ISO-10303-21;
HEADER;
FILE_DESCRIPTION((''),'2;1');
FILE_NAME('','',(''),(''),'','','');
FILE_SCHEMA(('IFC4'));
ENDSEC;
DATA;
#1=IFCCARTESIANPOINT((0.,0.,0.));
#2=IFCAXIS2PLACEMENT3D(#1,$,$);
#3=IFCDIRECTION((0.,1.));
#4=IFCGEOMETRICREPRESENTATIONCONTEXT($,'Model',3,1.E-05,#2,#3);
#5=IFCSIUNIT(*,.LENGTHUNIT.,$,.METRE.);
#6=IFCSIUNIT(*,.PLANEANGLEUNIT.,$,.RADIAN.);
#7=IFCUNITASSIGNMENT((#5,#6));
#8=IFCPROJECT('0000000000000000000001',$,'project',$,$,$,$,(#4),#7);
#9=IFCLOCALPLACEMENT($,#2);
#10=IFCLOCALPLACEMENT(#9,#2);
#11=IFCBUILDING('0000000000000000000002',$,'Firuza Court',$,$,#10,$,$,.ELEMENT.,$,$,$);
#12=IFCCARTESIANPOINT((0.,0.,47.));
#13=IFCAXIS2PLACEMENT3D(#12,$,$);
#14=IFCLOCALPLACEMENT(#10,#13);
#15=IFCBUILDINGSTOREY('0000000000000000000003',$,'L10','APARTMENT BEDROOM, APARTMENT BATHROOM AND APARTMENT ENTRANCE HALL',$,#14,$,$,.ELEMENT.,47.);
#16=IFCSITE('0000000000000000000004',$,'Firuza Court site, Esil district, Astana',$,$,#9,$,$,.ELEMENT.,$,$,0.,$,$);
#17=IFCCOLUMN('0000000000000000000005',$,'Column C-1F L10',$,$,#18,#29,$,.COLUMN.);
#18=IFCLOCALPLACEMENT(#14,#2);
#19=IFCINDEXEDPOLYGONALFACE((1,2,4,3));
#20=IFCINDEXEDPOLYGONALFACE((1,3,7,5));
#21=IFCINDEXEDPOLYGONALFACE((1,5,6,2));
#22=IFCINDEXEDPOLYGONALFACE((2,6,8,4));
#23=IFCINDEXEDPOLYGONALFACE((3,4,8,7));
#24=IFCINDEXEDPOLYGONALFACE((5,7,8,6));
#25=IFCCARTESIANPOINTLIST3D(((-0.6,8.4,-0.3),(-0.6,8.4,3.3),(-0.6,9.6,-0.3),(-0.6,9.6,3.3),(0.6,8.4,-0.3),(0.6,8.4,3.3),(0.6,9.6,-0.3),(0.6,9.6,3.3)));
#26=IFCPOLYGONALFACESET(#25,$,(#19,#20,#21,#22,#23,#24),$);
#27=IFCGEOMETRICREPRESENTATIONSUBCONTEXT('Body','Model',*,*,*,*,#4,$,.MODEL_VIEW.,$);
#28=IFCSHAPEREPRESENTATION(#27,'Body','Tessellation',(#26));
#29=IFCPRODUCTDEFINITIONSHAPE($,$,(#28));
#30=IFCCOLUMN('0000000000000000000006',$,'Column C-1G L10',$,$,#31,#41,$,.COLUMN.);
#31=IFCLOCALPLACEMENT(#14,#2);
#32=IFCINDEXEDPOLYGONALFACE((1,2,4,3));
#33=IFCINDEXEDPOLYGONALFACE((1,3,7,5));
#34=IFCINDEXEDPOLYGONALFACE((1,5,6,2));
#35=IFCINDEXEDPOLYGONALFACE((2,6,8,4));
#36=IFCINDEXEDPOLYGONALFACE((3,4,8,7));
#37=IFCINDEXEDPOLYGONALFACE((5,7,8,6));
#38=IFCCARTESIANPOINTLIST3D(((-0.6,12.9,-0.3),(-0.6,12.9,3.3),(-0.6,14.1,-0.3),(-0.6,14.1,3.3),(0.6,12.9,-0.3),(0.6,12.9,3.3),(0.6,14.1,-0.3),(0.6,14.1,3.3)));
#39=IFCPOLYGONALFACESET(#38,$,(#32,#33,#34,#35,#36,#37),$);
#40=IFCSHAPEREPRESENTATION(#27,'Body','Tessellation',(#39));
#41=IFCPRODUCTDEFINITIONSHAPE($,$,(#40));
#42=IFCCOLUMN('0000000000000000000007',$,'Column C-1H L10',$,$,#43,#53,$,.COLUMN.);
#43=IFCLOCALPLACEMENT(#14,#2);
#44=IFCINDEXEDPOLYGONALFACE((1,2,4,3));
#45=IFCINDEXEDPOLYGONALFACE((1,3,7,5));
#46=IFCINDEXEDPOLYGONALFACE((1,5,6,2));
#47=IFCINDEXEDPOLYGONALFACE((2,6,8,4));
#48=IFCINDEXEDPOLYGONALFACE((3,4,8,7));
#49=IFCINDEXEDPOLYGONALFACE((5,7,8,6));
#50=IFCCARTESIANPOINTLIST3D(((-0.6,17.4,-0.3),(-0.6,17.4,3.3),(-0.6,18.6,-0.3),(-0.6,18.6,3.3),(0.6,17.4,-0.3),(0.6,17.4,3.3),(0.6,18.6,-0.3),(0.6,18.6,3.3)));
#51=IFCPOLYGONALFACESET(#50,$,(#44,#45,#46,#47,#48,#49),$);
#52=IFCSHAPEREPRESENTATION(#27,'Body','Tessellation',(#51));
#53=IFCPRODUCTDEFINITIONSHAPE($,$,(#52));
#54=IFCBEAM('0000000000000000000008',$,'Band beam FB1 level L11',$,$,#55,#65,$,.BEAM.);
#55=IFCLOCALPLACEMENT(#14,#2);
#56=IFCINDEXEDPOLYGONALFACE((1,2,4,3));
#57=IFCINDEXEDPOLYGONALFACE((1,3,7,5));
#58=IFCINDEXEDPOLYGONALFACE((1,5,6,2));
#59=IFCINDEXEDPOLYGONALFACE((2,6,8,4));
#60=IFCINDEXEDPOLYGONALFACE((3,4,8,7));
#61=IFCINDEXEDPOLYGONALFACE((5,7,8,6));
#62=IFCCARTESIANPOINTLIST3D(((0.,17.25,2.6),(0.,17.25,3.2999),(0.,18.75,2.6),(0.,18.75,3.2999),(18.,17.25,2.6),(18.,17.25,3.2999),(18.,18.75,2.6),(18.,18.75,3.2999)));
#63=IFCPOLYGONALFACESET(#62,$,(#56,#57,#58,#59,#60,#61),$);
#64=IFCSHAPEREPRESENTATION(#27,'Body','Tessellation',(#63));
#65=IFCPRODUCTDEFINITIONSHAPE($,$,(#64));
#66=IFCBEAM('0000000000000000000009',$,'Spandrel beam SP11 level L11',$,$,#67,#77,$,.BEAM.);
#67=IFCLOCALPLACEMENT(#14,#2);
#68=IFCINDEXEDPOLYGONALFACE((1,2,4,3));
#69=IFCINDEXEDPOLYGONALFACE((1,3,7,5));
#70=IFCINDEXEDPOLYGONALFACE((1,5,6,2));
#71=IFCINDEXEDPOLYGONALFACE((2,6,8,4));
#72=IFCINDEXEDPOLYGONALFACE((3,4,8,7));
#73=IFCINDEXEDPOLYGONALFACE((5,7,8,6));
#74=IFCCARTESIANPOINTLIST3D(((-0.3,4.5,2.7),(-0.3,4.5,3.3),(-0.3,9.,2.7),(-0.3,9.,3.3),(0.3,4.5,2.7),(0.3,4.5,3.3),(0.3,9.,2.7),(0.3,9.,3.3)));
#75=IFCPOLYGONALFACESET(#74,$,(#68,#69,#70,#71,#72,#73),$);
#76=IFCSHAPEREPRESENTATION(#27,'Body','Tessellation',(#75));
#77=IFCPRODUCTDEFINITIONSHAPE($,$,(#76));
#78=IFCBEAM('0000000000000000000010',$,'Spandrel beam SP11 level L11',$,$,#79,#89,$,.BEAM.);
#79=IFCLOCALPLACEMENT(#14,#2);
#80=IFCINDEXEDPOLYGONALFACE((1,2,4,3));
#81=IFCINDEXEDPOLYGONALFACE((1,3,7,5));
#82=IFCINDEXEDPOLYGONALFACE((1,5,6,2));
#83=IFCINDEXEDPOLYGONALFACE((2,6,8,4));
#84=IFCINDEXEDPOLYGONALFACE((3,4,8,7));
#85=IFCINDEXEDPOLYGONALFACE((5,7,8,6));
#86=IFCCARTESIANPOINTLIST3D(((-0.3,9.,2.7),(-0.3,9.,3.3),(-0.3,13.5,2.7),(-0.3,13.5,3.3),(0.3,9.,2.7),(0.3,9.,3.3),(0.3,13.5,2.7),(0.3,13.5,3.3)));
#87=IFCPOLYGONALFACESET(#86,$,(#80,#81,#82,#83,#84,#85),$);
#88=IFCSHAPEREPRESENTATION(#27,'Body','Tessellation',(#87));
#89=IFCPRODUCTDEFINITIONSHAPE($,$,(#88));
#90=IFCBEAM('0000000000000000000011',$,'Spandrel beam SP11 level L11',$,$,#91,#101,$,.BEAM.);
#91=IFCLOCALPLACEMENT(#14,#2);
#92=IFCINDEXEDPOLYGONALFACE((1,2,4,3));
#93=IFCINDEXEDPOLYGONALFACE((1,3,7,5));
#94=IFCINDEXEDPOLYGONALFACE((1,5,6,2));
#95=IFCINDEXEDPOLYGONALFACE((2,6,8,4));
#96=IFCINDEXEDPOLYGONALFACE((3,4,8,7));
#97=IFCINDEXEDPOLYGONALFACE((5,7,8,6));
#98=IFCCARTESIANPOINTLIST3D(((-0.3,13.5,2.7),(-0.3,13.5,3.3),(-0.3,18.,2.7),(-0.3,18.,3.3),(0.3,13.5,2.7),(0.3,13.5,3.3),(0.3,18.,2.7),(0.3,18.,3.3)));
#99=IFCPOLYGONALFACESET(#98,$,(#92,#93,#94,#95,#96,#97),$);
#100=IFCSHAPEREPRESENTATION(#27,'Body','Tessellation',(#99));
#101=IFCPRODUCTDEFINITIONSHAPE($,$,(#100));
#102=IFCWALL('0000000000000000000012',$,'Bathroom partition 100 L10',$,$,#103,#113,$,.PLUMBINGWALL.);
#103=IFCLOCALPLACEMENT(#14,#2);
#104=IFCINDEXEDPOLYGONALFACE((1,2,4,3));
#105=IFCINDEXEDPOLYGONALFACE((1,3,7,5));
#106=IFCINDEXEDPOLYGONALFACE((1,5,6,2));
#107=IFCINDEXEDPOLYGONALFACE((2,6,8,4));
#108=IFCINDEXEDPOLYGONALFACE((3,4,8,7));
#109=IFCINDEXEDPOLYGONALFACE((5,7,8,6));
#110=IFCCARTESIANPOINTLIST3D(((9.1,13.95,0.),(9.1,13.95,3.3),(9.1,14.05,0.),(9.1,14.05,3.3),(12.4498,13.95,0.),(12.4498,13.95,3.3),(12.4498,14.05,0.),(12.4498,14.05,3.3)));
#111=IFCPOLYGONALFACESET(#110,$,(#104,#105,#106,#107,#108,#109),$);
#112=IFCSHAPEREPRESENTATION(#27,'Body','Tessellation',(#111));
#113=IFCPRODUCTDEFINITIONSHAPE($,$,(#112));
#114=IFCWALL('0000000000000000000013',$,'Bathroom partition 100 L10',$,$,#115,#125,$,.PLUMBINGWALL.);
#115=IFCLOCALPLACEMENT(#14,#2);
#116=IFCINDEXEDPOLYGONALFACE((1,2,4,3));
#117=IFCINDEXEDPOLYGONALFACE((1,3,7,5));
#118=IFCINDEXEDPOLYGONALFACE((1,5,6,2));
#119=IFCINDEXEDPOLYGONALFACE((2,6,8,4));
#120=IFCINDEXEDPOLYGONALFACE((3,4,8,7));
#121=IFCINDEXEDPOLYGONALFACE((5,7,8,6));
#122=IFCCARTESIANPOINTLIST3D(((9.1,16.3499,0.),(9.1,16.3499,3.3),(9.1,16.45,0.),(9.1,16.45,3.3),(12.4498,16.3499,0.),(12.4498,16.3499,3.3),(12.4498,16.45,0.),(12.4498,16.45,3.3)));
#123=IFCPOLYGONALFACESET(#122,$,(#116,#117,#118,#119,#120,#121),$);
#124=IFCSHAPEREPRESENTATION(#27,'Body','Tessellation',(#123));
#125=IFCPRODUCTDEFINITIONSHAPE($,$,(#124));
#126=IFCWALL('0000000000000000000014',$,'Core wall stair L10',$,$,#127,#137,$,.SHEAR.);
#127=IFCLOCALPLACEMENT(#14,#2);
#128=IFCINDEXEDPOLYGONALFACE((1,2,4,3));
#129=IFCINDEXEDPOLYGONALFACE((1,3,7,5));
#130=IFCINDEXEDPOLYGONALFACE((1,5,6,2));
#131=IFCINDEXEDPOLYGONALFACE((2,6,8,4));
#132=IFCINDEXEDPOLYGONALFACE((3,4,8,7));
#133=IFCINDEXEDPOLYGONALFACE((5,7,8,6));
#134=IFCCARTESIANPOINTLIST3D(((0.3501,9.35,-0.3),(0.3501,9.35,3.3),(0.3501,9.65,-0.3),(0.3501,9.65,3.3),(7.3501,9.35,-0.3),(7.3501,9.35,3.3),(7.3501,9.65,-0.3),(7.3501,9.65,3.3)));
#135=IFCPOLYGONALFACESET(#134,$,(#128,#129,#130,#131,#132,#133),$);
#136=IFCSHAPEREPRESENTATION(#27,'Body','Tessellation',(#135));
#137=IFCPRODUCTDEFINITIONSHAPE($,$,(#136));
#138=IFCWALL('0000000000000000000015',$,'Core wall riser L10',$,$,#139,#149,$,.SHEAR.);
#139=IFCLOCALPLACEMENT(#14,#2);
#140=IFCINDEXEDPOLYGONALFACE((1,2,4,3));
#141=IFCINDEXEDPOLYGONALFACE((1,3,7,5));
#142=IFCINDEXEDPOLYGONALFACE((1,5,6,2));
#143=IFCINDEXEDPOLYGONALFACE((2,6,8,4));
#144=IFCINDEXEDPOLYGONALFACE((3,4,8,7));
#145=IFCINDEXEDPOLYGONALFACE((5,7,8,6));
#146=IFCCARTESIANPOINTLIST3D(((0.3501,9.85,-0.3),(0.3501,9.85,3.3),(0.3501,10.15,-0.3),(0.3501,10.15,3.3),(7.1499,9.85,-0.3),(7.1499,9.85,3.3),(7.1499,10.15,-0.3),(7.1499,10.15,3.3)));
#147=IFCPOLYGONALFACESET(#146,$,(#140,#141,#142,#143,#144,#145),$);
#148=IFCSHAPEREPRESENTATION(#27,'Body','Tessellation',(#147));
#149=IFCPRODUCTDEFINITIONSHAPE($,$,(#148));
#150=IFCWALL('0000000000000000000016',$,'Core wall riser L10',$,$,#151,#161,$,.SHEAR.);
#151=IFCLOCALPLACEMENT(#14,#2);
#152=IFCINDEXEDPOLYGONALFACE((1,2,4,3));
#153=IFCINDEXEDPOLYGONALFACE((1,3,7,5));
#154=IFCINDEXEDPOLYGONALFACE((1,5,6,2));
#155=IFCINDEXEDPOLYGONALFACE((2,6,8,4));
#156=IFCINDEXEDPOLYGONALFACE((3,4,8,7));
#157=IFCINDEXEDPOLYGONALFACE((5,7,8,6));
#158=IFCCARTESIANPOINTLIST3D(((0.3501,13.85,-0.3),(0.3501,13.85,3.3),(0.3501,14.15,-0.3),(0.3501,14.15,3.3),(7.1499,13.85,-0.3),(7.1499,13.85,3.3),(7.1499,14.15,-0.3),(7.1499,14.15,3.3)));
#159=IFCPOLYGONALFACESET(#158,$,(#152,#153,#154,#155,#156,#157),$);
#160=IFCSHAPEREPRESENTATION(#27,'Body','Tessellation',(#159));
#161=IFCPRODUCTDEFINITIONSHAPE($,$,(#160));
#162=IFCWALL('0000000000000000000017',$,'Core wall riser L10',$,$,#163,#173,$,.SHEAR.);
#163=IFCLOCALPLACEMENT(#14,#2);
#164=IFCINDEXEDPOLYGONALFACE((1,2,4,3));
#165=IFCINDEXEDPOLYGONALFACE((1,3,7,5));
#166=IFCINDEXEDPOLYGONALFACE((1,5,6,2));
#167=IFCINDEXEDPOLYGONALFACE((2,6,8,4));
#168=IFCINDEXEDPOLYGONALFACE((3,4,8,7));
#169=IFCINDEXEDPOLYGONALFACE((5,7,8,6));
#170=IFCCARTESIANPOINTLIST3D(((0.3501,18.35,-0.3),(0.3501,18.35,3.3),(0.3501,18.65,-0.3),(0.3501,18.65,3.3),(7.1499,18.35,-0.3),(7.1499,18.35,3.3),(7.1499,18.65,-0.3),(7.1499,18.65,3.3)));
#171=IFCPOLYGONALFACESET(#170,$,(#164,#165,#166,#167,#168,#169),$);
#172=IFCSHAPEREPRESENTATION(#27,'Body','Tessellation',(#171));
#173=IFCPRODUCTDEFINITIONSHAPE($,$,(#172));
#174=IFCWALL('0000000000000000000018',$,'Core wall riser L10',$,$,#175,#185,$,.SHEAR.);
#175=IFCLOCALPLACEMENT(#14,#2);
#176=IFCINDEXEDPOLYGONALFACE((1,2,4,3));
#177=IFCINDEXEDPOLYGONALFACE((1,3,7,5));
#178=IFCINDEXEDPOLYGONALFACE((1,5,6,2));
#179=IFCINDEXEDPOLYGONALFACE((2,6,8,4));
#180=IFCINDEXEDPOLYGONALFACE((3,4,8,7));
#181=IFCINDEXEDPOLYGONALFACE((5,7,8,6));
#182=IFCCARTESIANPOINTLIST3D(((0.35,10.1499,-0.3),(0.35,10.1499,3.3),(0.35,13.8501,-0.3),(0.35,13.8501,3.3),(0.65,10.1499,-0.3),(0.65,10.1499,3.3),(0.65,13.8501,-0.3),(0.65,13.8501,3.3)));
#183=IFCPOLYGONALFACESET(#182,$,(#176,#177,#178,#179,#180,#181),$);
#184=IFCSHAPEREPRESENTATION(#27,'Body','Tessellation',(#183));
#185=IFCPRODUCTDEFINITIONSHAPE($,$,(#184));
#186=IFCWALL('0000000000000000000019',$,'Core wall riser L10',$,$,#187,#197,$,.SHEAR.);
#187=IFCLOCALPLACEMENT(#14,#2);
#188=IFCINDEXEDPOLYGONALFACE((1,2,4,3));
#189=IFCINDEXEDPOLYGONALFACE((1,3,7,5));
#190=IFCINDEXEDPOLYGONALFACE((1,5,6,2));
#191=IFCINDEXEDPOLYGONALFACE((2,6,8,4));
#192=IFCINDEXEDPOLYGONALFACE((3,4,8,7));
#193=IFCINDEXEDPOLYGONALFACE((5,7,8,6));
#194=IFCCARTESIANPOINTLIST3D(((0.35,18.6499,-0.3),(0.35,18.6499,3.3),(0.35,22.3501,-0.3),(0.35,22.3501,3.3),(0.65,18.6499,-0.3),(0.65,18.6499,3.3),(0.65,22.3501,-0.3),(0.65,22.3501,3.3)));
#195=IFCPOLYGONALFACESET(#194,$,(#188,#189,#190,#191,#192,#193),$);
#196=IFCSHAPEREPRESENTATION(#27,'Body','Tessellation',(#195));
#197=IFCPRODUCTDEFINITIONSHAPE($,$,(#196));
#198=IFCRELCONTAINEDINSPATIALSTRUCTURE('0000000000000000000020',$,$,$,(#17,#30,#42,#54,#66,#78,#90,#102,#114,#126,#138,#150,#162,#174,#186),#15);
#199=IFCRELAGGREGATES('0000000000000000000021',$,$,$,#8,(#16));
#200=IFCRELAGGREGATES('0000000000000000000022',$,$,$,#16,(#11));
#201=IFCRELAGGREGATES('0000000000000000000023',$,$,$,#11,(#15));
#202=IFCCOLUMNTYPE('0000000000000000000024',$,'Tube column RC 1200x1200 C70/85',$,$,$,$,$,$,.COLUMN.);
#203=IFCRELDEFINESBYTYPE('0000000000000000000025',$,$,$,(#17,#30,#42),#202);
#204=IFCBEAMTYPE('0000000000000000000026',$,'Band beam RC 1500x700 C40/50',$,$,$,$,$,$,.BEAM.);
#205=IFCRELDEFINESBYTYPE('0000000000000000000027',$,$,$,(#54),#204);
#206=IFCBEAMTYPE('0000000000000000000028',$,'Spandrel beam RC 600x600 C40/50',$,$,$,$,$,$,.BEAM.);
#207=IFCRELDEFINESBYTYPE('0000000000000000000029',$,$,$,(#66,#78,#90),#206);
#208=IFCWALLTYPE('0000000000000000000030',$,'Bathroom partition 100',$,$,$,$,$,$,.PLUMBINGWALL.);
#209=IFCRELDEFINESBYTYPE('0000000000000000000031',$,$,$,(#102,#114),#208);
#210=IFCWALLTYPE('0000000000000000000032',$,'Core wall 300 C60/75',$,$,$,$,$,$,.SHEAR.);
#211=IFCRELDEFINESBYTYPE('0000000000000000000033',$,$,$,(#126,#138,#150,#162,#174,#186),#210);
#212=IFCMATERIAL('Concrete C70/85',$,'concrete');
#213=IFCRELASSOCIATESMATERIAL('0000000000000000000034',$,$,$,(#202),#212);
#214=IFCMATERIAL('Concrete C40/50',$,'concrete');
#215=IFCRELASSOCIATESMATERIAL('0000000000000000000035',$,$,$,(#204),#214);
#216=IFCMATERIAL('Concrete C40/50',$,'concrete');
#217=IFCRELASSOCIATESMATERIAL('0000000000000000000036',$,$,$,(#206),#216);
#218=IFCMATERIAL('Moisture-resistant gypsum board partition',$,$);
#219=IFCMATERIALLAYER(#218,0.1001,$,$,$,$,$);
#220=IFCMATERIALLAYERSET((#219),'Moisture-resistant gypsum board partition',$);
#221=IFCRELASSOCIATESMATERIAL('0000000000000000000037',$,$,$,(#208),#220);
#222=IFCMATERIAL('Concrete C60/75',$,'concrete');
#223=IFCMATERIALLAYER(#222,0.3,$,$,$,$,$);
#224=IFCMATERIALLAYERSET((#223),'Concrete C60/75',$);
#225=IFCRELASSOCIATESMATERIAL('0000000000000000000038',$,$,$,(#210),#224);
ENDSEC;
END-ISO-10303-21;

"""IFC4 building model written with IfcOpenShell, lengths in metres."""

from ifc_helpers import new_model, si_unit, direction, frame, frame_2d, origin, origin_2d, place, context, subcontext, project, spatial, rectangle, extrude, material, layer, layer_set, material_profile, profile_set, type_object, element, save


model = new_model("IFC4")

# Units and contexts
model_context = context("Model", 3, precision=1e-05, world=origin(), true_north=direction((0.0, 1.0)))
body_context = subcontext(model_context, "Body", "Model", "MODEL_VIEW")
ifc_project = project(units=[si_unit("LENGTHUNIT", "METRE"), si_unit("PLANEANGLEUNIT", "RADIAN")], contexts=[model_context])

# Site, building, storey
site_placement = place(None, origin())
site = spatial("IfcSite", under=ifc_project, at=site_placement, Name="Firuza Court site, Esil district, Astana", CompositionType="ELEMENT", RefElevation=0.0)
building_placement = place(site_placement, origin())
building = spatial("IfcBuilding", under=site, at=building_placement, Name="Firuza Court", CompositionType="ELEMENT")
storey_placement = place(building_placement, frame((0.0, 0.0, 47.0)))
storey = spatial("IfcBuildingStorey", under=building, at=storey_placement, Name="L10", Description="APARTMENT BEDROOM, APARTMENT BATHROOM AND APARTMENT ENTRANCE HALL", CompositionType="ELEMENT", Elevation=47.0)

# Columns
ifc_material_1 = material(Name="Concrete C70/85", Category="concrete")
ifc_material_profile_1 = material_profile(ifc_material_1, rectangle(XDim=1.2, YDim=1.2, at=origin_2d()), Name="RC 1200x1200")
ifc_profile_set_1 = profile_set([ifc_material_profile_1], Name="Concrete C70/85")
column_type = type_object("IfcColumnType", Name="Tube column RC 1200x1200 C70/85", PredefinedType="COLUMN", material=ifc_profile_set_1)
for number, where, z_axis, x_axis, name in (
    (1, (0.0, 9.0, -0.3), (0.0, 0.0, 1.0), (1.0, 0.0, 0.0), "Column C-1F L10"),
    (2, (0.0, 13.5, -0.3), (0.0, 0.0, 1.0), (1.0, 0.0, 0.0), "Column C-1G L10"),
    (3, (0.0, 18.0, -0.3), (0.0, 0.0, 1.0), (1.0, 0.0, 0.0), "Column C-1H L10"),
):
    element("IfcColumn", number, at=place(storey_placement, frame(where, z_axis=z_axis, x_axis=x_axis)), inside=storey, type_object=column_type, Name=name, PredefinedType="COLUMN", context=body_context, shape_type="SweptSolid", body=[
        extrude(rectangle(XDim=1.2, YDim=1.2, at=origin_2d()), origin(), (0.0, 0.0, 1.0), 3.6001),
    ])

# Beams
ifc_material_2 = material(Name="Concrete C40/50", Category="concrete")
ifc_material_profile_2 = material_profile(ifc_material_2, rectangle(XDim=1.5, YDim=0.7, at=origin_2d()), Name="RC 1500x700")
ifc_profile_set_2 = profile_set([ifc_material_profile_2], Name="Concrete C40/50")
beam_type_1 = type_object("IfcBeamType", Name="Band beam RC 1500x700 C40/50", PredefinedType="BEAM", material=ifc_profile_set_2)
beam_placement = place(storey_placement, frame((0.0, 18.0, 2.95), z_axis=(1.0, 0.0, 0.0), x_axis=(0.0, 1.0, 0.0)))
element("IfcBeam", 4, at=beam_placement, inside=storey, type_object=beam_type_1, Name="Band beam FB1 level L11", PredefinedType="BEAM", context=body_context, shape_type="SweptSolid", body=[
    extrude(rectangle(XDim=1.5, YDim=0.7, at=origin_2d()), origin(), (0.0, 0.0, 1.0), 18.0),
])
ifc_material_3 = material(Name="Concrete C40/50", Category="concrete")
ifc_material_profile_3 = material_profile(ifc_material_3, rectangle(XDim=0.6001, YDim=0.6001, at=origin_2d()), Name="RC 600x600")
ifc_profile_set_3 = profile_set([ifc_material_profile_3], Name="Concrete C40/50")
beam_type_2 = type_object("IfcBeamType", Name="Spandrel beam RC 600x600 C40/50", PredefinedType="BEAM", material=ifc_profile_set_3)
for number, where, z_axis, x_axis, name in (
    (5, (0.0, 9.0, 3.0), (0.0, -1.0, 0.0), (1.0, 0.0, 0.0), "Spandrel beam SP11 level L11"),
    (6, (0.0, 13.5, 3.0), (0.0, -1.0, 0.0), (1.0, 0.0, 0.0), "Spandrel beam SP11 level L11"),
    (7, (0.0, 18.0, 3.0), (0.0, -1.0, 0.0), (1.0, 0.0, 0.0), "Spandrel beam SP11 level L11"),
):
    element("IfcBeam", number, at=place(storey_placement, frame(where, z_axis=z_axis, x_axis=x_axis)), inside=storey, type_object=beam_type_2, Name=name, PredefinedType="BEAM", context=body_context, shape_type="SweptSolid", body=[
        extrude(rectangle(XDim=0.6001, YDim=0.6001, at=origin_2d()), origin(), (0.0, 0.0, 1.0), 4.5),
    ])

# Walls
ifc_material_4 = material(Name="Moisture-resistant gypsum board partition")
ifc_layer_1 = layer(ifc_material_4, 0.1001)
ifc_layer_set_1 = layer_set([ifc_layer_1], Name="Moisture-resistant gypsum board partition")
wall_type_1 = type_object("IfcWallType", Name="Bathroom partition 100", PredefinedType="PLUMBINGWALL", material=ifc_layer_set_1)
for number, where, z_axis, x_axis, name in (
    (8, (9.1001, 14.0, 0.0), (0.0, 0.0, 1.0), (1.0, 0.0, 0.0), "Bathroom partition 100 L10"),
    (9, (9.1001, 16.3999, 0.0), (0.0, 0.0, 1.0), (1.0, 0.0, 0.0), "Bathroom partition 100 L10"),
):
    element("IfcWall", number, at=place(storey_placement, frame(where, z_axis=z_axis, x_axis=x_axis)), inside=storey, type_object=wall_type_1, Name=name, PredefinedType="PLUMBINGWALL", context=body_context, shape_type="SweptSolid", body=[
        extrude(rectangle(XDim=3.3499, YDim=0.1001, at=frame_2d((1.6748, 0.0))), origin(), (0.0, 0.0, 1.0), 3.3),
    ])
ifc_material_5 = material(Name="Concrete C60/75", Category="concrete")
ifc_layer_2 = layer(ifc_material_5, 0.3)
ifc_layer_set_2 = layer_set([ifc_layer_2], Name="Concrete C60/75")
wall_type_2 = type_object("IfcWallType", Name="Core wall 300 C60/75", PredefinedType="SHEAR", material=ifc_layer_set_2)
wall_1_placement = place(storey_placement, frame((0.3501, 9.5, -0.3), z_axis=(0.0, 0.0, 1.0), x_axis=(1.0, 0.0, 0.0)))
element("IfcWall", 10, at=wall_1_placement, inside=storey, type_object=wall_type_2, Name="Core wall stair L10", PredefinedType="SHEAR", context=body_context, shape_type="SweptSolid", body=[
    extrude(rectangle(XDim=7.0, YDim=0.3, at=frame_2d((3.5, 0.0))), origin(), (0.0, 0.0, 1.0), 3.6001),
])
for number, where, z_axis, x_axis, name in (
    (11, (0.3501, 10.0, -0.3), (0.0, 0.0, 1.0), (1.0, 0.0, 0.0), "Core wall riser L10"),
    (12, (0.3501, 14.0, -0.3), (0.0, 0.0, 1.0), (1.0, 0.0, 0.0), "Core wall riser L10"),
    (13, (0.3501, 18.5, -0.3), (0.0, 0.0, 1.0), (1.0, 0.0, 0.0), "Core wall riser L10"),
):
    element("IfcWall", number, at=place(storey_placement, frame(where, z_axis=z_axis, x_axis=x_axis)), inside=storey, type_object=wall_type_2, Name=name, PredefinedType="SHEAR", context=body_context, shape_type="SweptSolid", body=[
        extrude(rectangle(XDim=6.7998, YDim=0.3, at=frame_2d((3.3999, 0.0))), origin(), (0.0, 0.0, 1.0), 3.6001),
    ])
for number, where, z_axis, x_axis, name in (
    (14, (0.5, 10.1499, -0.3), (0.0, 0.0, 1.0), (0.0, 1.0, 0.0), "Core wall riser L10"),
    (15, (0.5, 18.6499, -0.3), (0.0, 0.0, 1.0), (0.0, 1.0, 0.0), "Core wall riser L10"),
):
    element("IfcWall", number, at=place(storey_placement, frame(where, z_axis=z_axis, x_axis=x_axis)), inside=storey, type_object=wall_type_2, Name=name, PredefinedType="SHEAR", context=body_context, shape_type="SweptSolid", body=[
        extrude(rectangle(XDim=3.7002, YDim=0.3, at=frame_2d((1.8501, 0.0))), origin(), (0.0, 0.0, 1.0), 3.6001),
    ])

save(model, "model.ifc")
